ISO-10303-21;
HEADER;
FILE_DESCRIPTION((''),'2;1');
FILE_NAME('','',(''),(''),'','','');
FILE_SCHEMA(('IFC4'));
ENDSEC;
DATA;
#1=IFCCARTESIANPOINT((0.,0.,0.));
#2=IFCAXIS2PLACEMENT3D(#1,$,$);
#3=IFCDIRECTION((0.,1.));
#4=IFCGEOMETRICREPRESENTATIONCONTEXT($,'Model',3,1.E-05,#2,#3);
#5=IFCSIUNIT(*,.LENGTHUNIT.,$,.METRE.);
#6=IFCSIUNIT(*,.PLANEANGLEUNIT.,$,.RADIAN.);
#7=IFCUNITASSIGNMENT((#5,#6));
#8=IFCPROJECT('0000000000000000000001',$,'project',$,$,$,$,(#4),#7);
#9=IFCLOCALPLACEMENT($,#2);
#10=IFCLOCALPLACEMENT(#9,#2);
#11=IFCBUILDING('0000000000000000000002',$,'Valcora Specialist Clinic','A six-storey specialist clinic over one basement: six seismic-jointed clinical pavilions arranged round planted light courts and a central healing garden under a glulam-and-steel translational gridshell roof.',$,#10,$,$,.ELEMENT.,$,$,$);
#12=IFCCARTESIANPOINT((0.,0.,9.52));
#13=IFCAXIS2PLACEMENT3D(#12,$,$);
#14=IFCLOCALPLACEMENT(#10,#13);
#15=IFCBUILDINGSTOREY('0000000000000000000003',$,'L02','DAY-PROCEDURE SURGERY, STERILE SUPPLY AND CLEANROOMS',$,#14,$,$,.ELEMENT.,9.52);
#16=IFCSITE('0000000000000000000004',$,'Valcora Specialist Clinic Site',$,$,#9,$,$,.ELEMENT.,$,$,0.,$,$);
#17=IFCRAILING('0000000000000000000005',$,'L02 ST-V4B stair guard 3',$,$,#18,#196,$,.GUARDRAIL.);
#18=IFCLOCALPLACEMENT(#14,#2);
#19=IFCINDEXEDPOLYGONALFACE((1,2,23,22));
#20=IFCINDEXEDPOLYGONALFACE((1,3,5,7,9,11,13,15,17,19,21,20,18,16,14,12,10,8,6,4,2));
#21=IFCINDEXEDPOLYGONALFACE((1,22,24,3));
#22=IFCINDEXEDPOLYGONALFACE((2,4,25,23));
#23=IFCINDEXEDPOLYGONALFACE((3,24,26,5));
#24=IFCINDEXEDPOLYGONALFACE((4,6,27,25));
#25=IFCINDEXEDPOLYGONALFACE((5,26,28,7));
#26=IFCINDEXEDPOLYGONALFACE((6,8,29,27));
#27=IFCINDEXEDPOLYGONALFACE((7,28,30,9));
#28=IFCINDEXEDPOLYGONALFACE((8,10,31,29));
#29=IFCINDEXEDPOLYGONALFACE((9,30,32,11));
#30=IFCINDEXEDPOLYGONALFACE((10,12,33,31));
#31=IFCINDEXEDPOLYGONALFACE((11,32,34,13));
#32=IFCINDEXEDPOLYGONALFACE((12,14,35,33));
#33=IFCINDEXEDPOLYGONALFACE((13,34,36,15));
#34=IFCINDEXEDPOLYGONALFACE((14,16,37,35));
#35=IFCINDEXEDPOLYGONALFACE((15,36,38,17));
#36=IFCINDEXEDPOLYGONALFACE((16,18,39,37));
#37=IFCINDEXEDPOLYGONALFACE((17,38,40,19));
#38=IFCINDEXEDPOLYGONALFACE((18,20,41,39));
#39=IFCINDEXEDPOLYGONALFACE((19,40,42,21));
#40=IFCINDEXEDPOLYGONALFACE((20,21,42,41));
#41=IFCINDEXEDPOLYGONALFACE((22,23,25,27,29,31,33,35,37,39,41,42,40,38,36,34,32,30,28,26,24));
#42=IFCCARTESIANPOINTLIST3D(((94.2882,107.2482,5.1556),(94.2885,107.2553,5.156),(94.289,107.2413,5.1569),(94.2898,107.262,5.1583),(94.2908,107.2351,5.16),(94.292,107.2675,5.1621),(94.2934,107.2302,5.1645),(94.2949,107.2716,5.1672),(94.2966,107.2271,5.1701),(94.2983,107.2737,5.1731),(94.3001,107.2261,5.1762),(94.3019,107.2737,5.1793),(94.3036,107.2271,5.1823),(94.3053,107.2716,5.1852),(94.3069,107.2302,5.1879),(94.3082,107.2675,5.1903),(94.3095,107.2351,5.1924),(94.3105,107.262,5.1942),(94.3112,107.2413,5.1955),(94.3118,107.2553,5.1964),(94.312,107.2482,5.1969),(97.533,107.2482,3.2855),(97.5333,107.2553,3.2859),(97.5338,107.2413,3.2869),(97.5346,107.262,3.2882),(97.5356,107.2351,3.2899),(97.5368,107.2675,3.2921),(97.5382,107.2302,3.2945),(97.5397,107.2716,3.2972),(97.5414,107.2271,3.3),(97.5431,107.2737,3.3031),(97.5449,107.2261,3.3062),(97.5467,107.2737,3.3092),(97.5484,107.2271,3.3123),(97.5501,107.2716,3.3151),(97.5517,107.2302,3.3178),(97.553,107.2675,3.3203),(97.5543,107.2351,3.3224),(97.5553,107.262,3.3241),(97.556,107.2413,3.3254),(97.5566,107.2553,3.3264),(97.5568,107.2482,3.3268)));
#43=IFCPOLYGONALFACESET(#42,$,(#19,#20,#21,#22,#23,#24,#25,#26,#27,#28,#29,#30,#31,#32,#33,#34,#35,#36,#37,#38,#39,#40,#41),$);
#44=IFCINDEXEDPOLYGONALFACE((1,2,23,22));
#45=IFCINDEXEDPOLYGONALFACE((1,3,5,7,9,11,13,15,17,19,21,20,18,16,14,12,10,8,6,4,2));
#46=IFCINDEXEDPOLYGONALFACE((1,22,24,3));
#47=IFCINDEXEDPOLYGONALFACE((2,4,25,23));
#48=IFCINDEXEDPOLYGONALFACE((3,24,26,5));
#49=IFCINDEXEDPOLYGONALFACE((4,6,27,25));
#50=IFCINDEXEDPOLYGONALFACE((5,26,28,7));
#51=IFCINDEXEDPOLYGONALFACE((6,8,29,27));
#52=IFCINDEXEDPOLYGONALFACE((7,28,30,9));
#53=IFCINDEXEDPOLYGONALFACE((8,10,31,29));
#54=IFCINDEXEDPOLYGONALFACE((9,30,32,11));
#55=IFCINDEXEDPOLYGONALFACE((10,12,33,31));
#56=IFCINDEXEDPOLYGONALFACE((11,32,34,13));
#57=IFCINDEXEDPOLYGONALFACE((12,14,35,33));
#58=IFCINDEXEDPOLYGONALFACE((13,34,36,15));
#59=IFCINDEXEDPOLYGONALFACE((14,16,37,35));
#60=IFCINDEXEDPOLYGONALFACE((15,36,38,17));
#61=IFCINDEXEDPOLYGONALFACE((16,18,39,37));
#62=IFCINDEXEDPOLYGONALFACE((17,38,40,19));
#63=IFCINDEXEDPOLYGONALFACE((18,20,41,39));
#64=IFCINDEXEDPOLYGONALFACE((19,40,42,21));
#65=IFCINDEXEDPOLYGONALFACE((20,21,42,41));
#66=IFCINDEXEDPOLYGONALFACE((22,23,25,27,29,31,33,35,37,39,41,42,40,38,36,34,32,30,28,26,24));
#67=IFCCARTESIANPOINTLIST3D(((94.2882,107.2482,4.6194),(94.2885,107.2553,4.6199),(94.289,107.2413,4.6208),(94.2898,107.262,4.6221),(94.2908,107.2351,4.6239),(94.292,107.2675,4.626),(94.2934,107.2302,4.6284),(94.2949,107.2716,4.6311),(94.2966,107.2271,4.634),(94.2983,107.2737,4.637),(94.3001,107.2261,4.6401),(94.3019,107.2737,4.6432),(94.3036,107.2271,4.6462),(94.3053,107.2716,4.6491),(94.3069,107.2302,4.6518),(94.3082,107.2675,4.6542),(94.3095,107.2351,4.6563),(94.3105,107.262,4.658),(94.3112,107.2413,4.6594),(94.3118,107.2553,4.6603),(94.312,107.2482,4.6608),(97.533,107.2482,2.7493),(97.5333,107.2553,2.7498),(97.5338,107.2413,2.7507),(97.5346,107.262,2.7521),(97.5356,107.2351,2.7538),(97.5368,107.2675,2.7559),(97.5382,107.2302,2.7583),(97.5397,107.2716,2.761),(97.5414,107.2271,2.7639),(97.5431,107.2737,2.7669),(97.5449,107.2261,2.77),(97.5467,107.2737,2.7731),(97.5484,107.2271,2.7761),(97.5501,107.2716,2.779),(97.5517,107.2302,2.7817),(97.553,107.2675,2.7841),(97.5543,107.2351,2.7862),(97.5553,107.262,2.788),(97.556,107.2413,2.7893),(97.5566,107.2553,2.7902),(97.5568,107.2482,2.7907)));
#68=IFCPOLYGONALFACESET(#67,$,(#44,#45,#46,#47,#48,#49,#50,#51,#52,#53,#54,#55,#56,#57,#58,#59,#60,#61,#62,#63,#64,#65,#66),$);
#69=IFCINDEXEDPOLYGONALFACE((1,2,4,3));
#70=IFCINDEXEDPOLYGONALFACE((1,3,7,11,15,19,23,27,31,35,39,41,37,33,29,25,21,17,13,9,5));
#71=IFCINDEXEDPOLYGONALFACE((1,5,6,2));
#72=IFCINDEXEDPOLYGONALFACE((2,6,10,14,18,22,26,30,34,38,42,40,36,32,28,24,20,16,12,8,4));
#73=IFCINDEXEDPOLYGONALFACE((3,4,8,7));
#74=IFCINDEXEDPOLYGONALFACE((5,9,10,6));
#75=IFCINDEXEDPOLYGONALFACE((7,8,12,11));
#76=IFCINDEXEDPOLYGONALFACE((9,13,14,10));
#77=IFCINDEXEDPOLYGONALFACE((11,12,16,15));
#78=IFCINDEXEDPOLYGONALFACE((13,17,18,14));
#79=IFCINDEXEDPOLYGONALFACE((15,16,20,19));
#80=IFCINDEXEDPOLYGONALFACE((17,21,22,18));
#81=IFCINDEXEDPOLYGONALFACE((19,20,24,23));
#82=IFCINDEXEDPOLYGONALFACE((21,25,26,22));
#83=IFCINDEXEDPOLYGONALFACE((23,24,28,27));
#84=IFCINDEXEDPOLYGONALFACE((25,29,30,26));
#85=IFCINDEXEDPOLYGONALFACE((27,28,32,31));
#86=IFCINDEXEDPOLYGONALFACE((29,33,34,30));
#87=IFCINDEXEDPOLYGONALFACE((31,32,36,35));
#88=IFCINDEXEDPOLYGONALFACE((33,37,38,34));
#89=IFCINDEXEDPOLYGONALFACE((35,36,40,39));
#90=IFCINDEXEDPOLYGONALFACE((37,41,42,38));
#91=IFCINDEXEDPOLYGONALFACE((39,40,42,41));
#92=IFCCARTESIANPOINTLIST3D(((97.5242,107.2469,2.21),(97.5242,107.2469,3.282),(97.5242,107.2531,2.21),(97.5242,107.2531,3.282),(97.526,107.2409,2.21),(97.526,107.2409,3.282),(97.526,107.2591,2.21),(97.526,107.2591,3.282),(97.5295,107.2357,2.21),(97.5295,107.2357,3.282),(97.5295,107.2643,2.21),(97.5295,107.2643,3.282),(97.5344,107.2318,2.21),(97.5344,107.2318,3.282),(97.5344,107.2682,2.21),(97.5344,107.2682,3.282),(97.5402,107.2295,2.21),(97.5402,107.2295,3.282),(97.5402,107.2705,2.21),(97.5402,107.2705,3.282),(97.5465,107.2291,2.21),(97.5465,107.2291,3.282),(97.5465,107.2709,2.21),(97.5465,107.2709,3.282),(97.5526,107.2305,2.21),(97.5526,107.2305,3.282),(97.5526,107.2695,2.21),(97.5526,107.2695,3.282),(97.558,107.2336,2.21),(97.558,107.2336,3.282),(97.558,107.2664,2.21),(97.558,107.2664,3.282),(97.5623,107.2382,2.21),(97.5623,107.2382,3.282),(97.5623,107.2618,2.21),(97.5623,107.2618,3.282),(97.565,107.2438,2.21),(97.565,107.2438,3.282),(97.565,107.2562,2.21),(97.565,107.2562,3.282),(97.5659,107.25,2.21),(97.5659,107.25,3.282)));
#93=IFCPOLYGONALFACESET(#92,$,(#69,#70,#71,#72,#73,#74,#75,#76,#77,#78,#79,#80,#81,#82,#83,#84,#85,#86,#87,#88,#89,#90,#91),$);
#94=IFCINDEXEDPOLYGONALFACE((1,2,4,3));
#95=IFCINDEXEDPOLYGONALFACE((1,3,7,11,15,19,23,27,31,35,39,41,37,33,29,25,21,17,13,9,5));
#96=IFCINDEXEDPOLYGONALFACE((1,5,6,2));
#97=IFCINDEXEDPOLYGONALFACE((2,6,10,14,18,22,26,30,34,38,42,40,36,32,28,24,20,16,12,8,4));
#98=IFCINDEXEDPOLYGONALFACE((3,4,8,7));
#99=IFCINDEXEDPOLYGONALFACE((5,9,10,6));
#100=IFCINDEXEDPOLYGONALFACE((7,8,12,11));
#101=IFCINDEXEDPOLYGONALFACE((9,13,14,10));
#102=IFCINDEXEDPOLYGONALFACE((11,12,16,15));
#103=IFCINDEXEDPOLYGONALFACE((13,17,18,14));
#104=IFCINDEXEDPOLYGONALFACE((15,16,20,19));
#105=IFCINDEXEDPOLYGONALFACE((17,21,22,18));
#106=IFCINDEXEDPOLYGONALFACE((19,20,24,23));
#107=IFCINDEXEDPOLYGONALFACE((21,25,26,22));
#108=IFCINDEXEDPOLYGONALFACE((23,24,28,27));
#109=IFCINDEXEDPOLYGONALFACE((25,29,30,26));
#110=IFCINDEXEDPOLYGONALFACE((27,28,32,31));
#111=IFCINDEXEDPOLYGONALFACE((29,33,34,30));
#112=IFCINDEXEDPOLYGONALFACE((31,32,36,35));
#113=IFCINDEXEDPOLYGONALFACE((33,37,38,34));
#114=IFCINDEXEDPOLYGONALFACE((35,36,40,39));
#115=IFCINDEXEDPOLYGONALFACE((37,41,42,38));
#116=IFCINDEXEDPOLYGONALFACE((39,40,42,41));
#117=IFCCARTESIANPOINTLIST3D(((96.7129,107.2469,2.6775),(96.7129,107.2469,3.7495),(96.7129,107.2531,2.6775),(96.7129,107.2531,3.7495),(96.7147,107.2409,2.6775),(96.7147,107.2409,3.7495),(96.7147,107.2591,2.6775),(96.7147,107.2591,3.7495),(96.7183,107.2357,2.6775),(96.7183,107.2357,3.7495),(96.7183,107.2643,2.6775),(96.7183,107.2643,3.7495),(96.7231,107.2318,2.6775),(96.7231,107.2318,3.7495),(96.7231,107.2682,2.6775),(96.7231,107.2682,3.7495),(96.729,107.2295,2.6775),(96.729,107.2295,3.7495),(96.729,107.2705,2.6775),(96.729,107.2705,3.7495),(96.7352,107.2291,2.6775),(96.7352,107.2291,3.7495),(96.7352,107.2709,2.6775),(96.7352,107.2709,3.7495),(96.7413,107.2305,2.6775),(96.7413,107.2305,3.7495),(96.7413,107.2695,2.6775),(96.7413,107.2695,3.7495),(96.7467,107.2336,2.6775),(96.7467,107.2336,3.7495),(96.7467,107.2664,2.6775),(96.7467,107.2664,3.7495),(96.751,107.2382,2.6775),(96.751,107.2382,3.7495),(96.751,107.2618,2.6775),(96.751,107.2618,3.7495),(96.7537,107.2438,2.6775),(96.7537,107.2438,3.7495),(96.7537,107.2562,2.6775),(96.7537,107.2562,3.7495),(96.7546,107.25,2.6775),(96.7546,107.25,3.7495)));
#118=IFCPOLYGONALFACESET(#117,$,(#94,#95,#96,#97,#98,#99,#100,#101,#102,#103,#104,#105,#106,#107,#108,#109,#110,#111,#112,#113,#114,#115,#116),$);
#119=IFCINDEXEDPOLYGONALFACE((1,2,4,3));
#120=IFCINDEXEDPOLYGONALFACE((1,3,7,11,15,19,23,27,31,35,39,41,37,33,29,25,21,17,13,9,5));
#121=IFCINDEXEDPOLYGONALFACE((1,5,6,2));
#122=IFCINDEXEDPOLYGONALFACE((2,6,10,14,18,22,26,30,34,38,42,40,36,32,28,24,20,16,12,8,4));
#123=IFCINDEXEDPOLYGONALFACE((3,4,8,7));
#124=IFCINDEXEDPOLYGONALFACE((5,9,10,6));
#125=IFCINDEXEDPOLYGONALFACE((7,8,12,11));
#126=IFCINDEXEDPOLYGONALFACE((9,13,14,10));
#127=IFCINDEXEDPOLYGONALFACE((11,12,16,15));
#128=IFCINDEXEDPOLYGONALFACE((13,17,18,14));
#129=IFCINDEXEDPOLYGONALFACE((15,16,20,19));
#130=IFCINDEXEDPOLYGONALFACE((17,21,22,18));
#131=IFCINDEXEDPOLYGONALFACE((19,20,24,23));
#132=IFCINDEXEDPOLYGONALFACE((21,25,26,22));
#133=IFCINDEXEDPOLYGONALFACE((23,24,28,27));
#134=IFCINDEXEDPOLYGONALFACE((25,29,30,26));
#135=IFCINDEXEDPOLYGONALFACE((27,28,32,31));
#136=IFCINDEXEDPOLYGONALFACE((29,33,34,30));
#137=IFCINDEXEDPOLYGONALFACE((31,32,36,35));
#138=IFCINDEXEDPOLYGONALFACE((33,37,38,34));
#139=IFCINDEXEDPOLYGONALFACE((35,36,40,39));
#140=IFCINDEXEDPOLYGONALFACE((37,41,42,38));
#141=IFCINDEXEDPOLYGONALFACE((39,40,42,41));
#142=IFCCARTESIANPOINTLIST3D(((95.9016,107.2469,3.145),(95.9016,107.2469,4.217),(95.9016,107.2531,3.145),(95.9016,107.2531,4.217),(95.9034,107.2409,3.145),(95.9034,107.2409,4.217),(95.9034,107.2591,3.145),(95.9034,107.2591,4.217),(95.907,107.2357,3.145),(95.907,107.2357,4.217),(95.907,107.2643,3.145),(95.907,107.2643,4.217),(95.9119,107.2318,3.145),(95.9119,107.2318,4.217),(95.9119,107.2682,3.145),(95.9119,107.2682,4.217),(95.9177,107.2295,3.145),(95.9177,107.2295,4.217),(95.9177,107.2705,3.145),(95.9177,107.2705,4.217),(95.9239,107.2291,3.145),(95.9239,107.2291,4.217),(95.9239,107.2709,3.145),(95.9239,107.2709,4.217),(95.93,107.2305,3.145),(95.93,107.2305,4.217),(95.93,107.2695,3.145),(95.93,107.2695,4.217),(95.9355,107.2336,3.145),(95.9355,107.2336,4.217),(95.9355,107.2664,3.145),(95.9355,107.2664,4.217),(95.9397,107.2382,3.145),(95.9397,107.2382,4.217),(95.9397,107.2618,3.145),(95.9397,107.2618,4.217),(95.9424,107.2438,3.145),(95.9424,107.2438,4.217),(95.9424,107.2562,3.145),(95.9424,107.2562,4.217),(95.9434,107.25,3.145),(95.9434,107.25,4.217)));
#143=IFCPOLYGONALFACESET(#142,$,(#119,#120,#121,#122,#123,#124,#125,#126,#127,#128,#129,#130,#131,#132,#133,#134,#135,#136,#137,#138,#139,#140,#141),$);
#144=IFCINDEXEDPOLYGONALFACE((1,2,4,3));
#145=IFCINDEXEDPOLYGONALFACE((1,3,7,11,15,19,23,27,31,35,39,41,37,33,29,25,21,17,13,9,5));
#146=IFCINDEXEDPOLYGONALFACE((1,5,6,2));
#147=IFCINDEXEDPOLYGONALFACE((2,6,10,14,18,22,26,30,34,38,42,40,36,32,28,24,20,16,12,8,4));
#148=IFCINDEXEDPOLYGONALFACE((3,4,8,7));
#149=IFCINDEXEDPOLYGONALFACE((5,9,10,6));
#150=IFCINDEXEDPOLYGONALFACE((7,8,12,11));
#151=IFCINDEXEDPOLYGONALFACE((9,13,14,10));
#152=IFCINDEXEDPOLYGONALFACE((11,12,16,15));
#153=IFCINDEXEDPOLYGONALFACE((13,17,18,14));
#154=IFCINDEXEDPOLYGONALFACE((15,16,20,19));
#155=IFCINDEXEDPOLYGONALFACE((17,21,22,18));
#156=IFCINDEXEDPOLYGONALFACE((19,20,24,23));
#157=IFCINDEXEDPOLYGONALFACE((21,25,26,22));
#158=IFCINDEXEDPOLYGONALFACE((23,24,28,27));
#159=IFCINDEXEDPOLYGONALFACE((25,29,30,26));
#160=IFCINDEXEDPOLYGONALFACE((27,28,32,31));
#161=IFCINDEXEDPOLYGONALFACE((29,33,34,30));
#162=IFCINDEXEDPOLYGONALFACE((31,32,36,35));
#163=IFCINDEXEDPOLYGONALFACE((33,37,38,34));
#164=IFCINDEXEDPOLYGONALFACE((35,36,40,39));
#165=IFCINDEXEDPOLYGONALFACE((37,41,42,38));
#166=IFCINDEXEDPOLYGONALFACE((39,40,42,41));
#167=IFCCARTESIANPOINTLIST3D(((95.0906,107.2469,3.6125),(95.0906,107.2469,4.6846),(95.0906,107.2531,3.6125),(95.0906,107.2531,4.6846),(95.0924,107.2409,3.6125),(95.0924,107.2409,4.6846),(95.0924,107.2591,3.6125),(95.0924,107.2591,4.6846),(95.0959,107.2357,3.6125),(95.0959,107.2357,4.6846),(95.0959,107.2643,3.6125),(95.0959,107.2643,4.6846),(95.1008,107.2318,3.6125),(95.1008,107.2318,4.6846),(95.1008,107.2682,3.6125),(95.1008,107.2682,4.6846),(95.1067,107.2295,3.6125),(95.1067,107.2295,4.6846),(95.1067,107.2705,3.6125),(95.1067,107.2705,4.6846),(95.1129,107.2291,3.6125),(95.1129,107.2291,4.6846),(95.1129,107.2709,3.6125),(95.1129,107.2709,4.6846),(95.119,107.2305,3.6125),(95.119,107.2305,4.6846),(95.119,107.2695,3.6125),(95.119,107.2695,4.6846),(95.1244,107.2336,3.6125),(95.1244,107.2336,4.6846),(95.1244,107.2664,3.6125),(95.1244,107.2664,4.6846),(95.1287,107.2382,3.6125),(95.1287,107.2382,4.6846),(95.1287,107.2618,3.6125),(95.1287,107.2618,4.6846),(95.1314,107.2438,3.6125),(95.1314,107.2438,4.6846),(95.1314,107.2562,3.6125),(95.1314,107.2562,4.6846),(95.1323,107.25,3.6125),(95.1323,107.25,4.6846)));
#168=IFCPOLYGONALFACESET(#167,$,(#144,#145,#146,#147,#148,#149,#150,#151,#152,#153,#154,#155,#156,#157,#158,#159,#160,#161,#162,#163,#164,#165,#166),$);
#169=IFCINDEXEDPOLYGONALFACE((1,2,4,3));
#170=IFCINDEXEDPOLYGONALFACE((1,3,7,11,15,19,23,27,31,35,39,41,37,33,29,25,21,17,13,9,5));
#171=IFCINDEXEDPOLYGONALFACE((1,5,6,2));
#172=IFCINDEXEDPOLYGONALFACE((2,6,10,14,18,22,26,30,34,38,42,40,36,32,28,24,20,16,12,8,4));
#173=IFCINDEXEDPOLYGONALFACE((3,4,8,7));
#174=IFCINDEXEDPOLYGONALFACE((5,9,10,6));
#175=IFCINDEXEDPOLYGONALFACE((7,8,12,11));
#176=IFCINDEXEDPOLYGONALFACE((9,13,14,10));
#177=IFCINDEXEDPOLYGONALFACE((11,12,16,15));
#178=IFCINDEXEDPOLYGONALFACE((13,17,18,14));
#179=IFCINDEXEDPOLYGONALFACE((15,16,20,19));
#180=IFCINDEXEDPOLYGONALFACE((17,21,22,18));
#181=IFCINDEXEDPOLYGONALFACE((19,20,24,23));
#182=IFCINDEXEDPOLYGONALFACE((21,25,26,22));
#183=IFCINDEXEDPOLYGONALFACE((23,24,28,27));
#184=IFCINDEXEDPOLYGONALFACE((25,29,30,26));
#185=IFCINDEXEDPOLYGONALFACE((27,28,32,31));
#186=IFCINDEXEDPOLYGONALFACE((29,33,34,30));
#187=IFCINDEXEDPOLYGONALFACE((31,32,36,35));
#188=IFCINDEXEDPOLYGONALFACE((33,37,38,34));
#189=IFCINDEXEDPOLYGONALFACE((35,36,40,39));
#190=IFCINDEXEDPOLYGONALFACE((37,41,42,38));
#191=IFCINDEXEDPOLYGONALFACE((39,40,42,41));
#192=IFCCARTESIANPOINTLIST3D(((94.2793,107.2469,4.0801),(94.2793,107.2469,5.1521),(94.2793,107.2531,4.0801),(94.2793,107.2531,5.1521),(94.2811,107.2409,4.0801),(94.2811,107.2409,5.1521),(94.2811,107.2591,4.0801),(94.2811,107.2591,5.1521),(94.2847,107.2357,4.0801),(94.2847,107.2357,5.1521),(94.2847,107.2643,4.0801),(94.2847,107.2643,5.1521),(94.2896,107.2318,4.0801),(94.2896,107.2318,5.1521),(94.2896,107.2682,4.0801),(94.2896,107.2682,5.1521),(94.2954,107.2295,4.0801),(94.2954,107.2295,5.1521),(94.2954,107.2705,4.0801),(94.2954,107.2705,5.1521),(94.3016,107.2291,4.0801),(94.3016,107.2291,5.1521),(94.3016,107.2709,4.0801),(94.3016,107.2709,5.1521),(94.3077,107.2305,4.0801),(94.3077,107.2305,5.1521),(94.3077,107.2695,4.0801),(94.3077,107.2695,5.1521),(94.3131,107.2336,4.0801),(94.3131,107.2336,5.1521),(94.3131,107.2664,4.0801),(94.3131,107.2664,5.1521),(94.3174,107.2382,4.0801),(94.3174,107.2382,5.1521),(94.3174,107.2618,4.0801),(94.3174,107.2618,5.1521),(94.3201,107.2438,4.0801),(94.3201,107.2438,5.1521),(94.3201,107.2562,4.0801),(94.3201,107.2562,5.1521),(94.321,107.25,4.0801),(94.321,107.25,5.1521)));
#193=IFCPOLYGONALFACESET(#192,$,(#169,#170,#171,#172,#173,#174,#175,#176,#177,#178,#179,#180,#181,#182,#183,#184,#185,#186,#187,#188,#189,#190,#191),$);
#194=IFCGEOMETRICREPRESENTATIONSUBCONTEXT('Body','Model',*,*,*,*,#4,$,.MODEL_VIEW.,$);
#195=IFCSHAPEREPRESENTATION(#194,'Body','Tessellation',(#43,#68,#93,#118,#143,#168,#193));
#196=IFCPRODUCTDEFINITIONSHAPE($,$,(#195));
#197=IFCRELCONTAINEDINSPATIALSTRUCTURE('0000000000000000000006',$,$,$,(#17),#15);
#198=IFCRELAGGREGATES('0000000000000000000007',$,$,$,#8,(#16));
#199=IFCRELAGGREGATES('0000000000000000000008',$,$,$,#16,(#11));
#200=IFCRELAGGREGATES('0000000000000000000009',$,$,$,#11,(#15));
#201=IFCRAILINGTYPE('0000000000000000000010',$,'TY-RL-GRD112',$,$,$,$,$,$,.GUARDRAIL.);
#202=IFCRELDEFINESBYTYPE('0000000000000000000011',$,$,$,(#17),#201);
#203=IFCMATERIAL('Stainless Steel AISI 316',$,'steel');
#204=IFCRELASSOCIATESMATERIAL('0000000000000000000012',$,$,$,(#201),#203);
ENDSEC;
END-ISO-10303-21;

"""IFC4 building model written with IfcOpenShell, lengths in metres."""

from ifc_helpers import new_model, si_unit, direction, frame, origin, origin_2d, place, context, subcontext, project, spatial, circle, extrude, material, type_object, element, save


model = new_model("IFC4")

# Units and contexts
model_context = context("Model", 3, precision=1e-05, world=origin(), true_north=direction((0.0, 1.0)))
body_context = subcontext(model_context, "Body", "Model", "MODEL_VIEW")
ifc_project = project(units=[si_unit("LENGTHUNIT", "METRE"), si_unit("PLANEANGLEUNIT", "RADIAN")], contexts=[model_context])

# Site, building, storey
site_placement = place(None, origin())
site = spatial("IfcSite", under=ifc_project, at=site_placement, Name="Valcora Specialist Clinic Site", CompositionType="ELEMENT", RefElevation=0.0)
building_placement = place(site_placement, origin())
building = spatial("IfcBuilding", under=site, at=building_placement, Name="Valcora Specialist Clinic", Description="A six-storey specialist clinic over one basement: six seismic-jointed clinical pavilions arranged round planted light courts and a central healing garden under a glulam-and-steel translational gridshell roof.", CompositionType="ELEMENT")
storey_placement = place(building_placement, frame((0.0, 0.0, 9.52)))
storey = spatial("IfcBuildingStorey", under=building, at=storey_placement, Name="L02", Description="DAY-PROCEDURE SURGERY, STERILE SUPPLY AND CLEANROOMS", CompositionType="ELEMENT", Elevation=9.52)

# Railing
ifc_material_1 = material(Name="Stainless Steel AISI 316", Category="steel")
railing_type_1 = type_object("IfcRailingType", Name="TY-RL-GRD112", PredefinedType="GUARDRAIL", material=ifc_material_1)
railing_1_placement = place(storey_placement, frame((97.5449, 107.25, 2.21)))
element("IfcRailing", 1, at=railing_1_placement, inside=storey, type_object=railing_type_1, Name="L02 ST-V4B stair guard 3", PredefinedType="GUARDRAIL", context=body_context, shape_type="SweptSolid", body=[
    extrude(circle(Radius=0.0239, at=origin_2d()), frame((0.0, 0.0, 1.0962), z_axis=(-0.866408, 0.0, 0.499337), x_axis=(0.0, -1.0, 0.0)), (0.0, 0.0, 1.0), 3.7451),
    extrude(circle(Radius=0.0239, at=origin_2d()), frame((0.0, 0.0, 0.5601), z_axis=(-0.866408, 0.0, 0.499337), x_axis=(0.0, -1.0, 0.0)), (0.0, 0.0, 1.0), 3.7451),
    extrude(circle(Radius=0.021, at=origin_2d()), origin(), (0.0, 0.0, 1.0), 1.072),
    extrude(circle(Radius=0.021, at=origin_2d()), frame((-0.8113, 0.0, 0.4675)), (0.0, 0.0, 1.0), 1.072),
    extrude(circle(Radius=0.021, at=origin_2d()), frame((-1.6226, 0.0, 0.9351)), (0.0, 0.0, 1.0), 1.072),
    extrude(circle(Radius=0.021, at=origin_2d()), frame((-2.4336, 0.0, 1.4026)), (0.0, 0.0, 1.0), 1.072),
    extrude(circle(Radius=0.021, at=origin_2d()), frame((-3.2449, 0.0, 1.8701)), (0.0, 0.0, 1.0), 1.072),
])

save(model, "model.ifc")
